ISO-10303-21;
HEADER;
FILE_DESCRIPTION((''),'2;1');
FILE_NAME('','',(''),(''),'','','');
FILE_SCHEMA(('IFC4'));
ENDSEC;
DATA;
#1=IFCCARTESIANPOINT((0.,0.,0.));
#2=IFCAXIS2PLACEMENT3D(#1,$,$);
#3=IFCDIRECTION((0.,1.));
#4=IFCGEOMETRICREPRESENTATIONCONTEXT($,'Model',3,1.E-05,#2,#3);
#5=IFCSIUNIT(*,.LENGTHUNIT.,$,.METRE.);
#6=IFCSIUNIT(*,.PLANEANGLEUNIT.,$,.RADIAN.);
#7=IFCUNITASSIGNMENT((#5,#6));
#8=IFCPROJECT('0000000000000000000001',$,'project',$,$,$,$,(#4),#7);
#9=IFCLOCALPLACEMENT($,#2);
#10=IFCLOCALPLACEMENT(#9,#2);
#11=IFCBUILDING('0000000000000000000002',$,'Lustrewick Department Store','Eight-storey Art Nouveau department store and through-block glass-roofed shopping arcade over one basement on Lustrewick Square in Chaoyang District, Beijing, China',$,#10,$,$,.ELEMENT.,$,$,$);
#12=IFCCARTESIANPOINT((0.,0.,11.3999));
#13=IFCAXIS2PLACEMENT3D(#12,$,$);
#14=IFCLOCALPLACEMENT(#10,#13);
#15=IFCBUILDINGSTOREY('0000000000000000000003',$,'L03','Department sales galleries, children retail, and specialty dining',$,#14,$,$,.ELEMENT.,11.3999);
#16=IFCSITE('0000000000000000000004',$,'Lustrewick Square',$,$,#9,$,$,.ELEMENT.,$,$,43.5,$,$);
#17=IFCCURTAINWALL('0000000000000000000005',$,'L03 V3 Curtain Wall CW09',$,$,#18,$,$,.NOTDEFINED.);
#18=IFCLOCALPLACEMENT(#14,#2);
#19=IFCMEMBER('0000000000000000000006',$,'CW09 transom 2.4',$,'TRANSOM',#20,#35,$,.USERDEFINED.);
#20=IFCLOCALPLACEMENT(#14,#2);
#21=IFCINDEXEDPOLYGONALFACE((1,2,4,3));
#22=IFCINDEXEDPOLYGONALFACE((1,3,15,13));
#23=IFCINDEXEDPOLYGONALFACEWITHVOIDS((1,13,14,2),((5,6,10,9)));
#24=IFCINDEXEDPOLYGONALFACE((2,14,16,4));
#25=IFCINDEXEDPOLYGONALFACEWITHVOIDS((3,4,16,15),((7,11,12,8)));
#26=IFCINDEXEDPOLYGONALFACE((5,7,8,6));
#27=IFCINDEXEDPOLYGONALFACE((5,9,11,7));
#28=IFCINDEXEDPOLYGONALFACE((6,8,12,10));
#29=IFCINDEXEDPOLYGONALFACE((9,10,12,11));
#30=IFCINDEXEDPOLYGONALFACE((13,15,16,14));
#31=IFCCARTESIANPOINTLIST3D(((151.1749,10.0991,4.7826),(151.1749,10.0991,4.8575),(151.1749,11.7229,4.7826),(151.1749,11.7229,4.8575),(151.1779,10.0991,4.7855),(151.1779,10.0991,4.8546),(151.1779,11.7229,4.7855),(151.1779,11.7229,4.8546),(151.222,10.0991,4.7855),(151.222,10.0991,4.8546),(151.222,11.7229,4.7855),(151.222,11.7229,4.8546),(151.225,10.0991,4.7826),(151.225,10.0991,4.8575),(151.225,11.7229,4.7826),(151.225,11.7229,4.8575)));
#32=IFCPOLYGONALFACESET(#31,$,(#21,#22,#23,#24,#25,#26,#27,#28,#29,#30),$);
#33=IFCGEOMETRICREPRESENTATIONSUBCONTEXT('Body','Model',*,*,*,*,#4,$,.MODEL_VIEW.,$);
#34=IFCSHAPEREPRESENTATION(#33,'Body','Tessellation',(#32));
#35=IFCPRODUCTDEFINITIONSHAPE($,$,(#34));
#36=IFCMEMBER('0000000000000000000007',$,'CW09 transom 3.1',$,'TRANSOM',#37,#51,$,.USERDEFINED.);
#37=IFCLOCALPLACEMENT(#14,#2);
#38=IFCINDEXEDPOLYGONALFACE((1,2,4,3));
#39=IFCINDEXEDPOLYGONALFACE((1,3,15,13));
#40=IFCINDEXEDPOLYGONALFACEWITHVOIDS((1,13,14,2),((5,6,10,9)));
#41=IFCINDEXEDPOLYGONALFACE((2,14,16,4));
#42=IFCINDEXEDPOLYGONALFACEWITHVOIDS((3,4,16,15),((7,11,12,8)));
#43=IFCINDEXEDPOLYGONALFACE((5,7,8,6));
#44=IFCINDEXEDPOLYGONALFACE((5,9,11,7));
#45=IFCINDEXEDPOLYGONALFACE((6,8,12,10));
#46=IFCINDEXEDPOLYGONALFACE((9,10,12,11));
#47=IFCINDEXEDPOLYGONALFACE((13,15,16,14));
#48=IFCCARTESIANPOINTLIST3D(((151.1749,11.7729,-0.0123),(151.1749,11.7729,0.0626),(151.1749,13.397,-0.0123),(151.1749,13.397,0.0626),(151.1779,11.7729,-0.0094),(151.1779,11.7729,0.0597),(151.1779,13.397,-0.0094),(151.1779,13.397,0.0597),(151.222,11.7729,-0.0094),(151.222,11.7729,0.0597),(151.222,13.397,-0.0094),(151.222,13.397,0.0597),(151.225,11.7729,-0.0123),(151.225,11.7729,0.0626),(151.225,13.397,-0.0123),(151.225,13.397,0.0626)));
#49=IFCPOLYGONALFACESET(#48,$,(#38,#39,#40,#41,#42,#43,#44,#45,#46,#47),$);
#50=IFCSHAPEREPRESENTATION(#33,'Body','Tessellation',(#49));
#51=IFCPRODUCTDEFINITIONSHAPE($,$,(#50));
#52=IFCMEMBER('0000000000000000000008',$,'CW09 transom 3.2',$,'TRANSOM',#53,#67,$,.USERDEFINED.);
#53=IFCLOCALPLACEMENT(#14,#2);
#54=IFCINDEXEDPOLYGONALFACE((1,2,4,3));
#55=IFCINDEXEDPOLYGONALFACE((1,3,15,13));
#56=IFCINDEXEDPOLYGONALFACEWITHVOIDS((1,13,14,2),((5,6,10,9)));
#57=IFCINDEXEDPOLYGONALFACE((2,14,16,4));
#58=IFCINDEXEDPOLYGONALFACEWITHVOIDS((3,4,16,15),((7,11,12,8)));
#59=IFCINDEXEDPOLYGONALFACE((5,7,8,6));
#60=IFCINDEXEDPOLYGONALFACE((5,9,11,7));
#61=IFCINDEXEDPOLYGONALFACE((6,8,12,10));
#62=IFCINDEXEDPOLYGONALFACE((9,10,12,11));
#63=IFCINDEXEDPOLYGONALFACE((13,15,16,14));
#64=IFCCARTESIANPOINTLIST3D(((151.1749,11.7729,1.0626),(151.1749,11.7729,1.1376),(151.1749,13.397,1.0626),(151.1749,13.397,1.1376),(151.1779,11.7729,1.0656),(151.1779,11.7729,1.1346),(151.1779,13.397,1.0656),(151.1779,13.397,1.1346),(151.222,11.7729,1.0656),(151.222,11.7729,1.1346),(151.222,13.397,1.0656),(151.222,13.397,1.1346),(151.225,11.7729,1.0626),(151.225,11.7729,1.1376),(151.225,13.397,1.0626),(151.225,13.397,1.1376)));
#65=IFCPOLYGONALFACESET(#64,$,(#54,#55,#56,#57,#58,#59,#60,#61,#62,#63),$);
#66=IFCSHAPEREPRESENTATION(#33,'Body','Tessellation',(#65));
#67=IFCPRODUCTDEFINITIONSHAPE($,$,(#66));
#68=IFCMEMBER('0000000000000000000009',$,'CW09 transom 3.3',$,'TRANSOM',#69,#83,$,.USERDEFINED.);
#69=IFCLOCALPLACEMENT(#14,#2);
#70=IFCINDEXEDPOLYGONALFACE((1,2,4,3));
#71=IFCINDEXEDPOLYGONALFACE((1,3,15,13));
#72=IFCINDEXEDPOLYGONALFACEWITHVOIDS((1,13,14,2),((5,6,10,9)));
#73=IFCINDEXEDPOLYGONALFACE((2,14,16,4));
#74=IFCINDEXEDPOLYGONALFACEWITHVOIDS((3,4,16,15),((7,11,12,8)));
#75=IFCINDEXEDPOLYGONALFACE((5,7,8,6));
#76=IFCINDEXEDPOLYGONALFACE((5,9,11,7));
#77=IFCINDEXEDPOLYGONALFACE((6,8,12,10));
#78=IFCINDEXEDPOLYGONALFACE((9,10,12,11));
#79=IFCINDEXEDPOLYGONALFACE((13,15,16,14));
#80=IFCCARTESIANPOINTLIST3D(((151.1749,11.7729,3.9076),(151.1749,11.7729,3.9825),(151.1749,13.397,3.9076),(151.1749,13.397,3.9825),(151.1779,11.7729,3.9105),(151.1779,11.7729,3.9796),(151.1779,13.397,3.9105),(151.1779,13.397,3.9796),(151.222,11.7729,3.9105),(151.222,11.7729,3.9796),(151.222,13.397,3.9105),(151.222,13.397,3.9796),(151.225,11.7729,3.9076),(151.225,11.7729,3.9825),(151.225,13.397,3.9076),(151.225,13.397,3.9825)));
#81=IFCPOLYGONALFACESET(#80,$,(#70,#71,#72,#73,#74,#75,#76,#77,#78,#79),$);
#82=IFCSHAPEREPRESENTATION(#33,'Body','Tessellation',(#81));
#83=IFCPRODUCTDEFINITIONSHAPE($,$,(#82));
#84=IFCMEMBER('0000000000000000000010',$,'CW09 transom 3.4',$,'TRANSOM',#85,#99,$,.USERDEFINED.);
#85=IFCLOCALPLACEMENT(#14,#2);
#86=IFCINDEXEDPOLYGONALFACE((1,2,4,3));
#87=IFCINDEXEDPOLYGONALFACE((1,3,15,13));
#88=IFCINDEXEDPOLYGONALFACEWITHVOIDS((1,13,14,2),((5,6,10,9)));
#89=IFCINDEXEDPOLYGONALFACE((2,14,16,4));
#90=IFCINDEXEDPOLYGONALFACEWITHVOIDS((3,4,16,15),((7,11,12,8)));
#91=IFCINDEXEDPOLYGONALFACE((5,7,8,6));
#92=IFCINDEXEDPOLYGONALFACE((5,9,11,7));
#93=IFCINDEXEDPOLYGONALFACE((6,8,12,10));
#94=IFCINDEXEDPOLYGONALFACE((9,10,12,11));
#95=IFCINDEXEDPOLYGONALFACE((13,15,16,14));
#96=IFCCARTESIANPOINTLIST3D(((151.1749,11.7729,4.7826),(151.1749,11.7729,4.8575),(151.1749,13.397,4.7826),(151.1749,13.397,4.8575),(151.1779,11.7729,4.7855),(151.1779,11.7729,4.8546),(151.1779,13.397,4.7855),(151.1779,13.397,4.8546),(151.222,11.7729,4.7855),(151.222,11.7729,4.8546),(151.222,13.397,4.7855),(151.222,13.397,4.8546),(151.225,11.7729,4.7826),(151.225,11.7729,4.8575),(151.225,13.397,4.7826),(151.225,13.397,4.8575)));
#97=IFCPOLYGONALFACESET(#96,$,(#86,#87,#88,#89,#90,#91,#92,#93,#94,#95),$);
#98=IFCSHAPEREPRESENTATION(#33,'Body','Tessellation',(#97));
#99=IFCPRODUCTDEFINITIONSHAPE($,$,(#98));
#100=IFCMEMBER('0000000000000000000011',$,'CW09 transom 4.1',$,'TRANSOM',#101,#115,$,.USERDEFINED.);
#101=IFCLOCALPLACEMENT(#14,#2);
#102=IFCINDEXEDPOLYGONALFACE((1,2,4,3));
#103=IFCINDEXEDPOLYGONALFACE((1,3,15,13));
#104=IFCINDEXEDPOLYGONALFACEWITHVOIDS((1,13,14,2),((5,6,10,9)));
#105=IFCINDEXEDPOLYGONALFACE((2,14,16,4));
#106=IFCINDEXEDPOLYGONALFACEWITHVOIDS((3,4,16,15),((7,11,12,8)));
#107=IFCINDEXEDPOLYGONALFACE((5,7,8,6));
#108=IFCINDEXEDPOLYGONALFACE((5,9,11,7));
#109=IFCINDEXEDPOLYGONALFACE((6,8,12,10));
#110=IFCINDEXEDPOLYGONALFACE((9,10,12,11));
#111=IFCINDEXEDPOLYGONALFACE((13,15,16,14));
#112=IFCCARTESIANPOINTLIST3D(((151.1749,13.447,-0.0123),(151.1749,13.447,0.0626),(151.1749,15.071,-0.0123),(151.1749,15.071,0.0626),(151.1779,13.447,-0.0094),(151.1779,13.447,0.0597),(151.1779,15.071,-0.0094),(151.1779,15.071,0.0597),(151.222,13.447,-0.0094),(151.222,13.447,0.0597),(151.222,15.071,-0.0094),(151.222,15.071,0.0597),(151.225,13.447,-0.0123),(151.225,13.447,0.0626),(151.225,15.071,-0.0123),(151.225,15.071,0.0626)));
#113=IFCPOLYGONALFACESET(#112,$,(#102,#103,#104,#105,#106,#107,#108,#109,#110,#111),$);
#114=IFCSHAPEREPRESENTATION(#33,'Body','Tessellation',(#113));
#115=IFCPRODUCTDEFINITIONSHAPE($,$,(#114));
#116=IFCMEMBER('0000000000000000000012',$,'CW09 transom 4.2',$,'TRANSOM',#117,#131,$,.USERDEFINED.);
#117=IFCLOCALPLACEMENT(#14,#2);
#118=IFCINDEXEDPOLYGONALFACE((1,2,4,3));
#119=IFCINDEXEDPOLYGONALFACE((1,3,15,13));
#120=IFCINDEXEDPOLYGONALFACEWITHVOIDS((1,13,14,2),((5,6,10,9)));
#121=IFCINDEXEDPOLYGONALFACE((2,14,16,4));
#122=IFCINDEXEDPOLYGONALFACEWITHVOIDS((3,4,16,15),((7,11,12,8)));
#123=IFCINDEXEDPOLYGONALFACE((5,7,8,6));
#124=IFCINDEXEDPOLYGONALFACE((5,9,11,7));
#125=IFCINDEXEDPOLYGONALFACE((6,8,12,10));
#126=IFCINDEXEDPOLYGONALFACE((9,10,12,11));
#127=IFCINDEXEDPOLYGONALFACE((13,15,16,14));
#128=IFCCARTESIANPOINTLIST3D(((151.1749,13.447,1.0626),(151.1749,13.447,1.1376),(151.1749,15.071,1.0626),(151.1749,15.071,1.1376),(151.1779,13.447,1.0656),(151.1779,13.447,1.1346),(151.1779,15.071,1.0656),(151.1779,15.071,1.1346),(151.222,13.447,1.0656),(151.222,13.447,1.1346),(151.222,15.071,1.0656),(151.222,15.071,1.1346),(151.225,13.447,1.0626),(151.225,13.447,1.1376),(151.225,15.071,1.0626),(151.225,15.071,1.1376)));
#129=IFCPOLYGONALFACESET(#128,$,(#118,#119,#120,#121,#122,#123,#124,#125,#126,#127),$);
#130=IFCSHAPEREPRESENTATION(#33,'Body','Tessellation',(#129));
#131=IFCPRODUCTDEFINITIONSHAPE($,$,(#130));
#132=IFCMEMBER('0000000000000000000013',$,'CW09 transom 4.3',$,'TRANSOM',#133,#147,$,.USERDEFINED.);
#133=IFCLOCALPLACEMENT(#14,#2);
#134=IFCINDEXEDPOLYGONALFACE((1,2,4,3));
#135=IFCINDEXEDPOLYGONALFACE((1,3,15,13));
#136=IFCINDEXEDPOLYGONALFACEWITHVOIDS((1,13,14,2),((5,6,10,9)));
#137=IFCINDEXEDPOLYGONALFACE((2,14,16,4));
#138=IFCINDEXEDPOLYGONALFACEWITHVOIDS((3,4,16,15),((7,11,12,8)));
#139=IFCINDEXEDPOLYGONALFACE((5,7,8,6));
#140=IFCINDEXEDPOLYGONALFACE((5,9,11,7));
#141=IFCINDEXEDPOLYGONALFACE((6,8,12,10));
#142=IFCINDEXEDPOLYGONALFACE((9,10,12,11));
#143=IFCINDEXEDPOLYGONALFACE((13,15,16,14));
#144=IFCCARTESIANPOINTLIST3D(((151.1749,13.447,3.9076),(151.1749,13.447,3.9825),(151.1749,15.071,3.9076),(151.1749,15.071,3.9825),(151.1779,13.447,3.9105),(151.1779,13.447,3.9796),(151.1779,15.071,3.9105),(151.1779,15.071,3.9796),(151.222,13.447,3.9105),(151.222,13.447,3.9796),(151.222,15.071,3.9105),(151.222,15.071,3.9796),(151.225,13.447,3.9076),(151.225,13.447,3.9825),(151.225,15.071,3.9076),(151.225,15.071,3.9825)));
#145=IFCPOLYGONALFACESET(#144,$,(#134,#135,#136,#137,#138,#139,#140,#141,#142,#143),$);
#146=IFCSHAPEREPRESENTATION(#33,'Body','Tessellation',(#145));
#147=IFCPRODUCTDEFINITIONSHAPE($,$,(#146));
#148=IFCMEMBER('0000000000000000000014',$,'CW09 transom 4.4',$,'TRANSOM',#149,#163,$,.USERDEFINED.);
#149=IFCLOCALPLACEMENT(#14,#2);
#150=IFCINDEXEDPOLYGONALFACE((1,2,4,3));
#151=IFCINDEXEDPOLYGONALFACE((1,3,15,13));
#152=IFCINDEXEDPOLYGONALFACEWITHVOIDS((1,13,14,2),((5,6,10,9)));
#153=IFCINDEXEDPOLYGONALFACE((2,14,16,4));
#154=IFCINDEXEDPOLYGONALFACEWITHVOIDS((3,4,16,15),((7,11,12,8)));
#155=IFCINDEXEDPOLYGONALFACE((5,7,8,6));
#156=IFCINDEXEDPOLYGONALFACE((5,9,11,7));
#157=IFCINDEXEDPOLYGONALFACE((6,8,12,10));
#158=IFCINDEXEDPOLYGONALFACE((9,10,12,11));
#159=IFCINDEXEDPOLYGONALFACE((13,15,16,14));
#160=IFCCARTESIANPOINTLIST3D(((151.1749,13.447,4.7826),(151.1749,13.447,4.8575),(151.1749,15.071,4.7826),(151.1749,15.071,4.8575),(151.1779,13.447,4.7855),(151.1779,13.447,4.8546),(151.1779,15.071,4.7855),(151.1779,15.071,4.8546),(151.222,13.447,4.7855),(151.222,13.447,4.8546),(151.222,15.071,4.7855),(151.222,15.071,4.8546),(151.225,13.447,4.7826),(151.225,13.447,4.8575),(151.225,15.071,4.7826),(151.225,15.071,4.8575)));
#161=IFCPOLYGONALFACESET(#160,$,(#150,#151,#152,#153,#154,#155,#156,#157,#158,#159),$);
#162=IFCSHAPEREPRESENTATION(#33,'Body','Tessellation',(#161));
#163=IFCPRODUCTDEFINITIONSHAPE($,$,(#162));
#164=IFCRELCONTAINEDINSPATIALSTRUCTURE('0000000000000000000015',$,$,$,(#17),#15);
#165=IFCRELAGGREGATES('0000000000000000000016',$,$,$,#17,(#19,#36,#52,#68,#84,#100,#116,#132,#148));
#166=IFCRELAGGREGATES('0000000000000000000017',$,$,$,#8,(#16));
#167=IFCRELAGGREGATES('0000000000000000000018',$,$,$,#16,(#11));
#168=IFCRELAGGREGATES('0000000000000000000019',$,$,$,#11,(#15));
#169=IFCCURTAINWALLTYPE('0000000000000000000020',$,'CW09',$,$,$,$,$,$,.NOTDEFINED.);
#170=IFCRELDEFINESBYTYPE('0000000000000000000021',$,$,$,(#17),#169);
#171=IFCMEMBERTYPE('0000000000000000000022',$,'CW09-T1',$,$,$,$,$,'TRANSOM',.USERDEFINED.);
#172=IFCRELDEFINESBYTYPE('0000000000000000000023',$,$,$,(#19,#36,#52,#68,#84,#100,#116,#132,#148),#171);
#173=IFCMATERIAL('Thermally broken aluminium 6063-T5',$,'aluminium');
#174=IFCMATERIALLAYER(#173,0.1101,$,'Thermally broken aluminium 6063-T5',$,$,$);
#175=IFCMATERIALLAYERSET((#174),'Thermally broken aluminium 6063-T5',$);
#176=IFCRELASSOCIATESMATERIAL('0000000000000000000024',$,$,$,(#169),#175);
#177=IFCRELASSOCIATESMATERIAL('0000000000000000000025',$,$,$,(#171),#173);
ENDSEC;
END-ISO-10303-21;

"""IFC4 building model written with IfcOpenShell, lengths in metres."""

from ifc_helpers import new_model, si_unit, direction, frame, origin, origin_2d, place, context, subcontext, project, spatial, hollow_rectangle, extrude, material, layer, layer_set, material_profile, profile_set, type_object, element, aggregate, save


model = new_model("IFC4")

# Units and contexts
model_context = context("Model", 3, precision=1e-05, world=origin(), true_north=direction((0.0, 1.0)))
body_context = subcontext(model_context, "Body", "Model", "MODEL_VIEW")
ifc_project = project(units=[si_unit("LENGTHUNIT", "METRE"), si_unit("PLANEANGLEUNIT", "RADIAN")], contexts=[model_context])

# Site, building, storey
site_placement = place(None, origin())
site = spatial("IfcSite", under=ifc_project, at=site_placement, Name="Lustrewick Square", CompositionType="ELEMENT", RefElevation=43.5)
building_placement = place(site_placement, origin())
building = spatial("IfcBuilding", under=site, at=building_placement, Name="Lustrewick Department Store", Description="Eight-storey Art Nouveau department store and through-block glass-roofed shopping arcade over one basement on Lustrewick Square in Chaoyang District, Beijing, China", CompositionType="ELEMENT")
storey_placement = place(building_placement, frame((0.0, 0.0, 11.3999)))
storey = spatial("IfcBuildingStorey", under=building, at=storey_placement, Name="L03", Description="Department sales galleries, children retail, and specialty dining", CompositionType="ELEMENT", Elevation=11.3999)

# Curtain wall, members
ifc_material_1 = material(Name="Thermally broken aluminium 6063-T5", Category="aluminium")
ifc_layer_1 = layer(ifc_material_1, 0.1101, Name="Thermally broken aluminium 6063-T5")
ifc_layer_set_1 = layer_set([ifc_layer_1], Name="Thermally broken aluminium 6063-T5")
curtain_wall_type = type_object("IfcCurtainWallType", Name="CW09", PredefinedType="NOTDEFINED", material=ifc_layer_set_1)
curtain_wall_placement = place(storey_placement, origin())
curtain_wall = element("IfcCurtainWall", 1, at=curtain_wall_placement, inside=storey, type_object=curtain_wall_type, Name="L03 V3 Curtain Wall CW09", PredefinedType="NOTDEFINED")
ifc_material_profile_1 = material_profile(ifc_material_1, hollow_rectangle(XDim=0.05, YDim=0.075, WallThickness=0.0029, at=origin_2d()), Name="ALU-T 50x75x3")
ifc_profile_set_1 = profile_set([ifc_material_profile_1], Name="Thermally broken aluminium 6063-T5")
member_type_1 = type_object("IfcMemberType", Name="CW09-T1", ElementType="TRANSOM", PredefinedType="USERDEFINED", material=ifc_profile_set_1)
member_1_placement = place(storey_placement, frame((151.2, 10.0991, 4.8201), z_axis=(0.0, 1.0, 0.0), x_axis=(-1.0, 0.0, 0.0)))
member_1 = element("IfcMember", 2, at=member_1_placement, type_object=member_type_1, Name="CW09 transom 2.4", ObjectType="TRANSOM", PredefinedType="USERDEFINED", context=body_context, shape_type="SweptSolid", body=[
    extrude(hollow_rectangle(XDim=0.05, YDim=0.075, WallThickness=0.0029, at=origin_2d()), origin(), (0.0, 0.0, 1.0), 1.6238),
])
member_2_placement = place(storey_placement, frame((151.2, 11.7729, 0.0251), z_axis=(0.0, 1.0, 0.0), x_axis=(-1.0, 0.0, 0.0)))
member_2 = element("IfcMember", 3, at=member_2_placement, type_object=member_type_1, Name="CW09 transom 3.1", ObjectType="TRANSOM", PredefinedType="USERDEFINED", context=body_context, shape_type="SweptSolid", body=[
    extrude(hollow_rectangle(XDim=0.05, YDim=0.075, WallThickness=0.0029, at=origin_2d()), origin(), (0.0, 0.0, 1.0), 1.624),
])
member_3_placement = place(storey_placement, frame((151.2, 11.7729, 1.1001), z_axis=(0.0, 1.0, 0.0), x_axis=(-1.0, 0.0, 0.0)))
member_3 = element("IfcMember", 4, at=member_3_placement, type_object=member_type_1, Name="CW09 transom 3.2", ObjectType="TRANSOM", PredefinedType="USERDEFINED", context=body_context, shape_type="SweptSolid", body=[
    extrude(hollow_rectangle(XDim=0.05, YDim=0.075, WallThickness=0.0029, at=origin_2d()), origin(), (0.0, 0.0, 1.0), 1.624),
])
member_4_placement = place(storey_placement, frame((151.2, 11.7729, 3.9451), z_axis=(0.0, 1.0, 0.0), x_axis=(-1.0, 0.0, 0.0)))
member_4 = element("IfcMember", 5, at=member_4_placement, type_object=member_type_1, Name="CW09 transom 3.3", ObjectType="TRANSOM", PredefinedType="USERDEFINED", context=body_context, shape_type="SweptSolid", body=[
    extrude(hollow_rectangle(XDim=0.05, YDim=0.075, WallThickness=0.0029, at=origin_2d()), origin(), (0.0, 0.0, 1.0), 1.624),
])
member_5_placement = place(storey_placement, frame((151.2, 11.7729, 4.8201), z_axis=(0.0, 1.0, 0.0), x_axis=(-1.0, 0.0, 0.0)))
member_5 = element("IfcMember", 6, at=member_5_placement, type_object=member_type_1, Name="CW09 transom 3.4", ObjectType="TRANSOM", PredefinedType="USERDEFINED", context=body_context, shape_type="SweptSolid", body=[
    extrude(hollow_rectangle(XDim=0.05, YDim=0.075, WallThickness=0.0029, at=origin_2d()), origin(), (0.0, 0.0, 1.0), 1.624),
])
member_6_placement = place(storey_placement, frame((151.2, 13.447, 0.0251), z_axis=(0.0, 1.0, 0.0), x_axis=(-1.0, 0.0, 0.0)))
member_6 = element("IfcMember", 7, at=member_6_placement, type_object=member_type_1, Name="CW09 transom 4.1", ObjectType="TRANSOM", PredefinedType="USERDEFINED", context=body_context, shape_type="SweptSolid", body=[
    extrude(hollow_rectangle(XDim=0.05, YDim=0.075, WallThickness=0.0029, at=origin_2d()), origin(), (0.0, 0.0, 1.0), 1.624),
])
member_7_placement = place(storey_placement, frame((151.2, 13.447, 1.1001), z_axis=(0.0, 1.0, 0.0), x_axis=(-1.0, 0.0, 0.0)))
member_7 = element("IfcMember", 8, at=member_7_placement, type_object=member_type_1, Name="CW09 transom 4.2", ObjectType="TRANSOM", PredefinedType="USERDEFINED", context=body_context, shape_type="SweptSolid", body=[
    extrude(hollow_rectangle(XDim=0.05, YDim=0.075, WallThickness=0.0029, at=origin_2d()), origin(), (0.0, 0.0, 1.0), 1.624),
])
member_8_placement = place(storey_placement, frame((151.2, 13.447, 3.9451), z_axis=(0.0, 1.0, 0.0), x_axis=(-1.0, 0.0, 0.0)))
member_8 = element("IfcMember", 9, at=member_8_placement, type_object=member_type_1, Name="CW09 transom 4.3", ObjectType="TRANSOM", PredefinedType="USERDEFINED", context=body_context, shape_type="SweptSolid", body=[
    extrude(hollow_rectangle(XDim=0.05, YDim=0.075, WallThickness=0.0029, at=origin_2d()), origin(), (0.0, 0.0, 1.0), 1.624),
])
member_9_placement = place(storey_placement, frame((151.2, 13.447, 4.8201), z_axis=(0.0, 1.0, 0.0), x_axis=(-1.0, 0.0, 0.0)))
member_9 = element("IfcMember", 10, at=member_9_placement, type_object=member_type_1, Name="CW09 transom 4.4", ObjectType="TRANSOM", PredefinedType="USERDEFINED", context=body_context, shape_type="SweptSolid", body=[
    extrude(hollow_rectangle(XDim=0.05, YDim=0.075, WallThickness=0.0029, at=origin_2d()), origin(), (0.0, 0.0, 1.0), 1.624),
])

aggregate(curtain_wall, [member_1, member_2, member_3, member_4, member_5, member_6, member_7, member_8, member_9])

save(model, "model.ifc")
